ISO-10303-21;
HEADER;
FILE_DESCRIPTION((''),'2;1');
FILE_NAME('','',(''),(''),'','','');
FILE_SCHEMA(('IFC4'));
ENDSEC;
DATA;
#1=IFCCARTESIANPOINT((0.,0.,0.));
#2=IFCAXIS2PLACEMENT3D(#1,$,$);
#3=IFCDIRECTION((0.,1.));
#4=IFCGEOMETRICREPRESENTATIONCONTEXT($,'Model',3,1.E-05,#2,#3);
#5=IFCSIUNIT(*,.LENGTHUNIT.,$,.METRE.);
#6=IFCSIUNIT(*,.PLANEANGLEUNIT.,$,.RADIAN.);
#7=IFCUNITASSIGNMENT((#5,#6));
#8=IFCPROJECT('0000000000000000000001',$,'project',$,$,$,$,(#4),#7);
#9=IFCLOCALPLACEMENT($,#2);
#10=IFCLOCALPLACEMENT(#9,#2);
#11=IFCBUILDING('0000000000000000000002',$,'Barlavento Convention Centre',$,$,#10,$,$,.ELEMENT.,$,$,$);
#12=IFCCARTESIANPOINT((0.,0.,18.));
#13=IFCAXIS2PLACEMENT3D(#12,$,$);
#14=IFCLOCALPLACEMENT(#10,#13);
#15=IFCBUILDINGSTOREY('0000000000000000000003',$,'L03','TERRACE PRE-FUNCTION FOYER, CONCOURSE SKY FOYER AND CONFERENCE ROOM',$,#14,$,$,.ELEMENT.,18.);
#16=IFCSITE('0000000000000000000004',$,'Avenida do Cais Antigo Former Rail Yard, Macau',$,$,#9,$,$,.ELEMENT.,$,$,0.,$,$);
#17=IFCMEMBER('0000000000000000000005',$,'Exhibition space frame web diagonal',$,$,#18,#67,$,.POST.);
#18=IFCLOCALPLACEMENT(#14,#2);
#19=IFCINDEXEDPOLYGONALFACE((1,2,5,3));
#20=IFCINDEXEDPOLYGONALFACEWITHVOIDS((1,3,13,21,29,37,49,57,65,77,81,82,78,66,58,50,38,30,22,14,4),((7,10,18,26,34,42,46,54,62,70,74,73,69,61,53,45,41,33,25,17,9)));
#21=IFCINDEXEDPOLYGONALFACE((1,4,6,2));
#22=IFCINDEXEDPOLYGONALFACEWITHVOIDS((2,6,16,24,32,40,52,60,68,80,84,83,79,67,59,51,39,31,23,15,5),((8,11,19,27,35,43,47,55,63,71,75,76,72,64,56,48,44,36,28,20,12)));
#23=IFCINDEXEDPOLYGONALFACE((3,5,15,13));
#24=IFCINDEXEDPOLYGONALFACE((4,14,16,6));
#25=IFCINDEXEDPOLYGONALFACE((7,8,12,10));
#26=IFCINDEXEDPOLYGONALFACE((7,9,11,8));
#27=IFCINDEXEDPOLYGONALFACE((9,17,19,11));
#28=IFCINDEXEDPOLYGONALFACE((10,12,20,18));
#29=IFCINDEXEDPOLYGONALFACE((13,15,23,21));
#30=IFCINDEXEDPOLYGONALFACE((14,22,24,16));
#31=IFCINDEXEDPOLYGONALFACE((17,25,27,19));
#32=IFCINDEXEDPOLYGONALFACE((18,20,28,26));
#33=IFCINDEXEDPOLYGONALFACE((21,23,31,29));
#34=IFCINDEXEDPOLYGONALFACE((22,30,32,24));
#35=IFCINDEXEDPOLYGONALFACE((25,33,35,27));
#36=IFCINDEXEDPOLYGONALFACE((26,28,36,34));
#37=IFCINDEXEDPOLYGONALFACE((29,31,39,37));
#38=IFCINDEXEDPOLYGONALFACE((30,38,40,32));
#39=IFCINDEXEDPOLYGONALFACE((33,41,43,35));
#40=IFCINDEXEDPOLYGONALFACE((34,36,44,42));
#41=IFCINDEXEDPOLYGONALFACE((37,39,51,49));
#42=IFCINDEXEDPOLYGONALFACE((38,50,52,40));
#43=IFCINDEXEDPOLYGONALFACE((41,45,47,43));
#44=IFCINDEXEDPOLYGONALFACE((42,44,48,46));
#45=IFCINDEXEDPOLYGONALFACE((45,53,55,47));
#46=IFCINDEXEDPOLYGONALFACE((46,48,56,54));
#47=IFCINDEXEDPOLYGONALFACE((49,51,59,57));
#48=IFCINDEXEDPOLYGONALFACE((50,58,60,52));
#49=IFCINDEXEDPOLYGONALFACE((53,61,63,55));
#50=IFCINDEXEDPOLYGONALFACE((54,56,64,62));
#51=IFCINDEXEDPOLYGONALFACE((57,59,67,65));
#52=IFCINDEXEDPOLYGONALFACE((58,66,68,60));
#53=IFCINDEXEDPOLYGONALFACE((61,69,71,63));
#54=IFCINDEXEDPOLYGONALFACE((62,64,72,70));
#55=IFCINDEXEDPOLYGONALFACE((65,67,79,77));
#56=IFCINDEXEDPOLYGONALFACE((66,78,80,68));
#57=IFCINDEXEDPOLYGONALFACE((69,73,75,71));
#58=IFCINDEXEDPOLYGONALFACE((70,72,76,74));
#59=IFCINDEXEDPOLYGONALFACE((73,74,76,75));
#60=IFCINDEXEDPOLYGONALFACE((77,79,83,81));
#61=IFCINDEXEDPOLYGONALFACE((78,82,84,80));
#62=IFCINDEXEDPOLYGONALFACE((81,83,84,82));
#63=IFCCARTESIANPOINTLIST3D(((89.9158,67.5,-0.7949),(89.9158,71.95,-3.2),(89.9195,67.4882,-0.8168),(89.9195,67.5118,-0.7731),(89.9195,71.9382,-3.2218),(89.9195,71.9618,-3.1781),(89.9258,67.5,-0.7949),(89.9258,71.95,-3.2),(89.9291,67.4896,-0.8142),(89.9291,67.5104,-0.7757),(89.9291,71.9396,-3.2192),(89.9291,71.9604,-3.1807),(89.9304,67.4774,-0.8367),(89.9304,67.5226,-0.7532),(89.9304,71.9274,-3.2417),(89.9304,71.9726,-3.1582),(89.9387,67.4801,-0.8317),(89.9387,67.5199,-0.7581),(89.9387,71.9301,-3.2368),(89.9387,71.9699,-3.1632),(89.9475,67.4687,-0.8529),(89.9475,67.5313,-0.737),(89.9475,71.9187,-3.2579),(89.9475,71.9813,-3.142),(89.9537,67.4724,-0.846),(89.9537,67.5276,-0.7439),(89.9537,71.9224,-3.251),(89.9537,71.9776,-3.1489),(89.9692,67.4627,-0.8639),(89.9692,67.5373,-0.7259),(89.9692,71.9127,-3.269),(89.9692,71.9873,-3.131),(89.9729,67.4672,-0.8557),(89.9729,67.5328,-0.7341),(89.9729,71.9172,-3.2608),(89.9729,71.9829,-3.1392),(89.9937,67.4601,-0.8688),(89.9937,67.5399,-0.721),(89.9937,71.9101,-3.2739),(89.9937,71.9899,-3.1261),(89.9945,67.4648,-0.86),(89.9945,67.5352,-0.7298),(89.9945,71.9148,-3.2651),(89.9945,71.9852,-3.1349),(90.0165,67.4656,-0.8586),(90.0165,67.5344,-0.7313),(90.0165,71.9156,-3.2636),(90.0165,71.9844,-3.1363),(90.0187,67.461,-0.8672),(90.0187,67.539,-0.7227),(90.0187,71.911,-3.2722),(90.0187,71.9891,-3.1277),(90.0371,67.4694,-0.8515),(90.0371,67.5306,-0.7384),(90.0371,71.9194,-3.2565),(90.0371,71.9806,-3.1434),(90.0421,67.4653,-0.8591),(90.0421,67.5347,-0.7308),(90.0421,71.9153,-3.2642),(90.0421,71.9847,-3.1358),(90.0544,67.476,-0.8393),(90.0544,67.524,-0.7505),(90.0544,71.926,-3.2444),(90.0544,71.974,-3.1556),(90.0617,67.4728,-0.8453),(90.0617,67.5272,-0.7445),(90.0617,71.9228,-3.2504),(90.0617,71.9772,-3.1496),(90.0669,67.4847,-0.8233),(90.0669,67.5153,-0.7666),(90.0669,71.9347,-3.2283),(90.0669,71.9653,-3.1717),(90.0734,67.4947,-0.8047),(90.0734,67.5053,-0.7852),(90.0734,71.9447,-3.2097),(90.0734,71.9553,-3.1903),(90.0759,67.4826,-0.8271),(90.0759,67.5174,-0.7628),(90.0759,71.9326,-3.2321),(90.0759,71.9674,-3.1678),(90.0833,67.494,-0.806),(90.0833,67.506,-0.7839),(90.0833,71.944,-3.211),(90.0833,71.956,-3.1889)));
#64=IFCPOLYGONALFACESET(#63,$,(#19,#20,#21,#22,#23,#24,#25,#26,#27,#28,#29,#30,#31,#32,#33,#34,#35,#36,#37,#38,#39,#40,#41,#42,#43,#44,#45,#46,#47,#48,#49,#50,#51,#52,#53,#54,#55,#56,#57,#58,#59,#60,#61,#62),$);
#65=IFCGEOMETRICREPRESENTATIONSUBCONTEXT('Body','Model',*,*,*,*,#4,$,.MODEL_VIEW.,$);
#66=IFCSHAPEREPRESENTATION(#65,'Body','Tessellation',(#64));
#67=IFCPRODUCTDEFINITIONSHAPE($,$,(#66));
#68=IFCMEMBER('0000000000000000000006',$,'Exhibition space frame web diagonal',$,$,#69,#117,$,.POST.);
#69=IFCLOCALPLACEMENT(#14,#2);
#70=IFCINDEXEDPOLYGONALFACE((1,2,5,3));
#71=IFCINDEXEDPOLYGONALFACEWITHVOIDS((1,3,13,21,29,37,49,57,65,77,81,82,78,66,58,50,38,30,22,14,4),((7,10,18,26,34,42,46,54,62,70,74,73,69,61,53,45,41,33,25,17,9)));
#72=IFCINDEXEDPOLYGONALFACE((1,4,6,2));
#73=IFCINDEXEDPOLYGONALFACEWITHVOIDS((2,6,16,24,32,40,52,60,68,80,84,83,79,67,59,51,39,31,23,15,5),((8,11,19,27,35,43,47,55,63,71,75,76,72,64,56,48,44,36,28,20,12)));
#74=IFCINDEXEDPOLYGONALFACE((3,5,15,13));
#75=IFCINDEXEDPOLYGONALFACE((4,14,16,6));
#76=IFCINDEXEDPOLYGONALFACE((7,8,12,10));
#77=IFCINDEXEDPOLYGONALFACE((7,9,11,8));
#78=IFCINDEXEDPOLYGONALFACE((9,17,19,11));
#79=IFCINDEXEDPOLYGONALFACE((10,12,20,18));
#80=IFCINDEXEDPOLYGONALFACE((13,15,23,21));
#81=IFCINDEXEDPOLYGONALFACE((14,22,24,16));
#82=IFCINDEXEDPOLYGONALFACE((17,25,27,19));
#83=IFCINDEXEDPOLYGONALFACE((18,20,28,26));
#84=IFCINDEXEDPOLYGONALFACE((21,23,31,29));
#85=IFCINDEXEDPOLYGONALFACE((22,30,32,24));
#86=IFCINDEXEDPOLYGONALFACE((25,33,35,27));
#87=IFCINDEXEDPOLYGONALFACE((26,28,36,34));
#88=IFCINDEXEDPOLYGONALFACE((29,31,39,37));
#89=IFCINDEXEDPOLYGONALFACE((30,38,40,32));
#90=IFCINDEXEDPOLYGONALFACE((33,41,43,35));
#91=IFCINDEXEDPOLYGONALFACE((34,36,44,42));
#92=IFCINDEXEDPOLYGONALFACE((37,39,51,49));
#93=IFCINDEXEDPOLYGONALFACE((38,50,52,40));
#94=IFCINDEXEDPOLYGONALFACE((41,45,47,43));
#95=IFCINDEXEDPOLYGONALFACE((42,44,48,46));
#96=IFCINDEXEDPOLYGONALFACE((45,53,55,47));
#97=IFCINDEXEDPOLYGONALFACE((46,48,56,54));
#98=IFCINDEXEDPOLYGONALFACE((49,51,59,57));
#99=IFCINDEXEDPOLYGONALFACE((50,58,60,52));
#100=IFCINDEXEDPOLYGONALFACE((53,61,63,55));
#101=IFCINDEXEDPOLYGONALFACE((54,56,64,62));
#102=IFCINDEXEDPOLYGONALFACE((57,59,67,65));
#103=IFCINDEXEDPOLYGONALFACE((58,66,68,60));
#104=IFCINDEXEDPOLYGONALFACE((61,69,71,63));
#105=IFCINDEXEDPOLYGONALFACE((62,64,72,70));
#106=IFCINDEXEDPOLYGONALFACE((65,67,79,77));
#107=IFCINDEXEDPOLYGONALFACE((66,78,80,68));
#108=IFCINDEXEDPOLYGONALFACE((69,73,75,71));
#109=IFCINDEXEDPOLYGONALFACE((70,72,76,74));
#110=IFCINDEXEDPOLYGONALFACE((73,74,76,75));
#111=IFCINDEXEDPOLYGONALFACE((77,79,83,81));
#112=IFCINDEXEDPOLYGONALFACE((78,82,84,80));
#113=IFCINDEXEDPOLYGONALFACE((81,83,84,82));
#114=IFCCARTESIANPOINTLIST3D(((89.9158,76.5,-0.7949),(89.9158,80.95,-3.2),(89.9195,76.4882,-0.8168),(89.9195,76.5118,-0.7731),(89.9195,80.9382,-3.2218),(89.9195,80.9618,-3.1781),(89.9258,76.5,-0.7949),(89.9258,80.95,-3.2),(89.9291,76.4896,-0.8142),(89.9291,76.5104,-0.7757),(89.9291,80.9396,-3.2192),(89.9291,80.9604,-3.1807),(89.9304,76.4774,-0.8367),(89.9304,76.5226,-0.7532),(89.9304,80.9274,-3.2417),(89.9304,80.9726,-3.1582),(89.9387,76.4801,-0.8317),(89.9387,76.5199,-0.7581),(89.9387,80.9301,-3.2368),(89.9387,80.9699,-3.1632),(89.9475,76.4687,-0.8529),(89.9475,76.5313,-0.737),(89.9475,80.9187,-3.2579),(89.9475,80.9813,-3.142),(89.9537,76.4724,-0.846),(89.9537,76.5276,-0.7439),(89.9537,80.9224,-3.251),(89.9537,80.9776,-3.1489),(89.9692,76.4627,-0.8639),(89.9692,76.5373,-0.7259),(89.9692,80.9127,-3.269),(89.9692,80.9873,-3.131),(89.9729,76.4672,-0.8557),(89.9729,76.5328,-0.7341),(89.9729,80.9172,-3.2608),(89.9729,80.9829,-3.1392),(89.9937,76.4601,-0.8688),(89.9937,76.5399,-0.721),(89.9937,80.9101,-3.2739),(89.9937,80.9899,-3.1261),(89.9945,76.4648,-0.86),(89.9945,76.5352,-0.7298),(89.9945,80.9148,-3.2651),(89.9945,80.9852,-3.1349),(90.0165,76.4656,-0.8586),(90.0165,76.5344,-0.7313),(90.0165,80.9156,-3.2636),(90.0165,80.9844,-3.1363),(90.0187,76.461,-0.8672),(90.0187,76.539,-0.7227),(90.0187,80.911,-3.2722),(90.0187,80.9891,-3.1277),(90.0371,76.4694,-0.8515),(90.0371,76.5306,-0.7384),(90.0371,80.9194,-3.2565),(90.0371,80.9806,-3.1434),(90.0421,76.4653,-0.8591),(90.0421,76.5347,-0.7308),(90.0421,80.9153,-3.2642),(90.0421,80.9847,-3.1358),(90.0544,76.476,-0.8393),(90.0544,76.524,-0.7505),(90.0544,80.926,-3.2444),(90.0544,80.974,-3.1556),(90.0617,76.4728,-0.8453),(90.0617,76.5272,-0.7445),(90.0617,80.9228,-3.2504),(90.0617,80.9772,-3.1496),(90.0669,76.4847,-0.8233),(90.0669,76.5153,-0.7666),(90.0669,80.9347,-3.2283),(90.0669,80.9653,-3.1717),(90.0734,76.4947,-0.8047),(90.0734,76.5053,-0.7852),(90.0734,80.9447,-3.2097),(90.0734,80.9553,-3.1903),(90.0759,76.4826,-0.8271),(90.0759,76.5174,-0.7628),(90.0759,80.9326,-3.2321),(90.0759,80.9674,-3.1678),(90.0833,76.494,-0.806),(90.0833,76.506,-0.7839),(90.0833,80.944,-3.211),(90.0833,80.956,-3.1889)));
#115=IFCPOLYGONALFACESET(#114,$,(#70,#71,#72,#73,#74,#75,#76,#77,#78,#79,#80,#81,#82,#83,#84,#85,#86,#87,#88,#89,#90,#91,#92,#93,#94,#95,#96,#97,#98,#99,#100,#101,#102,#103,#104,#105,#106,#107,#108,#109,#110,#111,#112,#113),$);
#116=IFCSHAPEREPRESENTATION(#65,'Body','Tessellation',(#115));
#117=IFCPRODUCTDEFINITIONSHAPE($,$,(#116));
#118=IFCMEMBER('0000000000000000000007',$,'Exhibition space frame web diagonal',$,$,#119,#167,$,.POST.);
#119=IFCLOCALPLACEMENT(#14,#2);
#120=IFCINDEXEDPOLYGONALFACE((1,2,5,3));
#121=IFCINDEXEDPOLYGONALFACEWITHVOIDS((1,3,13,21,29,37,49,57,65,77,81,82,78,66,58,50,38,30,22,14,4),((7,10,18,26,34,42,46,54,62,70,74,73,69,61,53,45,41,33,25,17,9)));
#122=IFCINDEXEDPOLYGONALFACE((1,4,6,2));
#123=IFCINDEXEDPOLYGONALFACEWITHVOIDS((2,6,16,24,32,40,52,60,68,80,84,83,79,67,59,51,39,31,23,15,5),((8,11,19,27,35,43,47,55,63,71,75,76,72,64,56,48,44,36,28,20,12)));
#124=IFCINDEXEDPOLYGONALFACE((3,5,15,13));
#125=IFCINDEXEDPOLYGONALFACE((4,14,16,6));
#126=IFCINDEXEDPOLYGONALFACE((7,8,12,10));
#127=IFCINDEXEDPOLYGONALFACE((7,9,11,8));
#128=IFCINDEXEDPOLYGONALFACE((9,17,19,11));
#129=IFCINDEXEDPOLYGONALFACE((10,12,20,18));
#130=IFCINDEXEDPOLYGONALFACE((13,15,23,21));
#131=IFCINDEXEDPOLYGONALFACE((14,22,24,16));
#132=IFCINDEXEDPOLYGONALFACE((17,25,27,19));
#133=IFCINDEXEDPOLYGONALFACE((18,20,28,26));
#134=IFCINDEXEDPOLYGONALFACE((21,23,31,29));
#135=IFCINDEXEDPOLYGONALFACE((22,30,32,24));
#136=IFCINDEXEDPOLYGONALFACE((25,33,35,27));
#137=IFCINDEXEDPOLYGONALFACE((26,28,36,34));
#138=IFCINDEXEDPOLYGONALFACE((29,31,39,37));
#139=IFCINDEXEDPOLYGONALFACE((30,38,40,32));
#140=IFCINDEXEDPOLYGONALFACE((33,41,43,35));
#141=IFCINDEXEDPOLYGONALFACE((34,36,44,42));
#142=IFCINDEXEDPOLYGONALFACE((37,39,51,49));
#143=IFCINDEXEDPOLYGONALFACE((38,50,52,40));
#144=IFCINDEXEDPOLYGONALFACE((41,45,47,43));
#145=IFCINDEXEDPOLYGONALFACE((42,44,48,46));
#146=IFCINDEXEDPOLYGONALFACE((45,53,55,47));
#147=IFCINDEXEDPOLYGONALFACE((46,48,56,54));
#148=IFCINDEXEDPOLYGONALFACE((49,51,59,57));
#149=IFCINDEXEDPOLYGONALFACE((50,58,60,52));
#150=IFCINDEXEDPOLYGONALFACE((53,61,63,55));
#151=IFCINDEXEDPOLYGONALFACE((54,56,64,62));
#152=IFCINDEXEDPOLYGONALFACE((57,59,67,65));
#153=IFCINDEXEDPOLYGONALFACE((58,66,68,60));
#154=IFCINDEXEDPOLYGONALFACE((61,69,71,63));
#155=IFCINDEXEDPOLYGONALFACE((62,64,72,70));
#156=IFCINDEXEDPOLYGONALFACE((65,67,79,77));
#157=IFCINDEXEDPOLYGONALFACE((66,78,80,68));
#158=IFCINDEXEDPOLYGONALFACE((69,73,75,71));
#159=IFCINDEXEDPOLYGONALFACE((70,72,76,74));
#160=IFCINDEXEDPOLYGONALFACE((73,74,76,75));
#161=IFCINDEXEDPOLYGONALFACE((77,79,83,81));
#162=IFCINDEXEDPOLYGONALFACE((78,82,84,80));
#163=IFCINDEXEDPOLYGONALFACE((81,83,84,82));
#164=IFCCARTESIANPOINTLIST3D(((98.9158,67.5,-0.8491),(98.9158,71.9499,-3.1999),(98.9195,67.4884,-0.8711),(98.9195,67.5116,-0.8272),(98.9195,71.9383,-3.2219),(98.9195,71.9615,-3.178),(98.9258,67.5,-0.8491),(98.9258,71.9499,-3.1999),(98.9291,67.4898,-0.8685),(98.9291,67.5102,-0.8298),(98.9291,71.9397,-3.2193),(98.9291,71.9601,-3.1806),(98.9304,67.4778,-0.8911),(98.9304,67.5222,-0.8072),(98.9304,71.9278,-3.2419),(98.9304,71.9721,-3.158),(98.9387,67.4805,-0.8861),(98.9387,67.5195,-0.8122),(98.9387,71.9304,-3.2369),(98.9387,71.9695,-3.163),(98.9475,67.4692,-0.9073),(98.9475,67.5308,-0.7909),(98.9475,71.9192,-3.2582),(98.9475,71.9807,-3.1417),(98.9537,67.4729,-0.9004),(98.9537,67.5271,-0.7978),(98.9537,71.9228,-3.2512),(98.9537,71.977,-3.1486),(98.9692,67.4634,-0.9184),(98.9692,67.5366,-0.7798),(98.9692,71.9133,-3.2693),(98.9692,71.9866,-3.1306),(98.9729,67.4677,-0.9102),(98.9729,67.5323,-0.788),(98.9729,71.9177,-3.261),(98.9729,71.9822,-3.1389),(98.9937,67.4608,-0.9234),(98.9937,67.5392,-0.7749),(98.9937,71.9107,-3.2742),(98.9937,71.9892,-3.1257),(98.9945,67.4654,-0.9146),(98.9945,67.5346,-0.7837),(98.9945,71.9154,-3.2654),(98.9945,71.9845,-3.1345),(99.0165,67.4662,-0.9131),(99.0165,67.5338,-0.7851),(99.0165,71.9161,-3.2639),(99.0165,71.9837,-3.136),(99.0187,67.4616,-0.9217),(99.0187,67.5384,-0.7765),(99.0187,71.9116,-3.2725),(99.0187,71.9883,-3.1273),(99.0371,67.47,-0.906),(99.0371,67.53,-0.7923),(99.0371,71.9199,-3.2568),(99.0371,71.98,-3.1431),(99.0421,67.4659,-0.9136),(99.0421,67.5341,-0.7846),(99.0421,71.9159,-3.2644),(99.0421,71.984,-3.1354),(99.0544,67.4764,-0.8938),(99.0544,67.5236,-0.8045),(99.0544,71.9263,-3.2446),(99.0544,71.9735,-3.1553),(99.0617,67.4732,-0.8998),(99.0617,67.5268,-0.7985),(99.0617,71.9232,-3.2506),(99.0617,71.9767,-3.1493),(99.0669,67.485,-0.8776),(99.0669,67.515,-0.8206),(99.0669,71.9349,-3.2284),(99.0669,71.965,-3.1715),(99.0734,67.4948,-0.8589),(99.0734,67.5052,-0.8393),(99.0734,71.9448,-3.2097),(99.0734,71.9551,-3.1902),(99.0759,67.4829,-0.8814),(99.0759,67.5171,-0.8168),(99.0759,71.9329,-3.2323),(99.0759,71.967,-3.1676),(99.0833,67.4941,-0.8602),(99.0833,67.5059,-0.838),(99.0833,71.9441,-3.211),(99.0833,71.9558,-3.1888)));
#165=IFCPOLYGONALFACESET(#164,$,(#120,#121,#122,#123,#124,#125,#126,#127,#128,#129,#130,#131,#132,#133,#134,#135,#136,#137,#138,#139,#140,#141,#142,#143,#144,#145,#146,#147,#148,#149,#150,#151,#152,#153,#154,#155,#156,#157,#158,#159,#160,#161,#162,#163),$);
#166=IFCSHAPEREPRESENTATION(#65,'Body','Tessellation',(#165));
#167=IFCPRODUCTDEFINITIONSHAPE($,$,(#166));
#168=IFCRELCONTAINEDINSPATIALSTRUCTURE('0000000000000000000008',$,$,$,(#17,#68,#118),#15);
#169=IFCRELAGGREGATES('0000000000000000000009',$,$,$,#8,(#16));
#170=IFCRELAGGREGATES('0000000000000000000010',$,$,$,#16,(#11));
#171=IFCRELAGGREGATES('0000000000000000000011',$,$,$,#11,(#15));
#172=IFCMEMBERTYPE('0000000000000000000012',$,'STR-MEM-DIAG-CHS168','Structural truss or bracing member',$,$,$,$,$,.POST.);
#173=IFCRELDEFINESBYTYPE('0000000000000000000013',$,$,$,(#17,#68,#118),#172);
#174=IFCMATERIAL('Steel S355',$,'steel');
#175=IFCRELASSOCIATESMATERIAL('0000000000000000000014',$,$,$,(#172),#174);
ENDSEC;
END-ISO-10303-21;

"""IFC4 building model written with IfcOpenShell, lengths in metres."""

from ifc_helpers import new_model, si_unit, direction, frame, origin, origin_2d, place, context, subcontext, project, spatial, hollow_circle, extrude, material, material_profile, profile_set, type_object, element, save


model = new_model("IFC4")

# Units and contexts
model_context = context("Model", 3, precision=1e-05, world=origin(), true_north=direction((0.0, 1.0)))
body_context = subcontext(model_context, "Body", "Model", "MODEL_VIEW")
ifc_project = project(units=[si_unit("LENGTHUNIT", "METRE"), si_unit("PLANEANGLEUNIT", "RADIAN")], contexts=[model_context])

# Site, building, storey
site_placement = place(None, origin())
site = spatial("IfcSite", under=ifc_project, at=site_placement, Name="Avenida do Cais Antigo Former Rail Yard, Macau", CompositionType="ELEMENT", RefElevation=0.0)
building_placement = place(site_placement, origin())
building = spatial("IfcBuilding", under=site, at=building_placement, Name="Barlavento Convention Centre", CompositionType="ELEMENT")
storey_placement = place(building_placement, frame((0.0, 0.0, 18.0)))
storey = spatial("IfcBuildingStorey", under=building, at=storey_placement, Name="L03", Description="TERRACE PRE-FUNCTION FOYER, CONCOURSE SKY FOYER AND CONFERENCE ROOM", CompositionType="ELEMENT", Elevation=18.0)

# Shared definitions
ifc_material_1 = material(Name="Steel S355", Category="steel")

# Members
ifc_material_profile_1 = material_profile(ifc_material_1, hollow_circle(Radius=0.0842, WallThickness=0.01, at=origin_2d()), Name="CHS 168.3x10.0")
ifc_profile_set_1 = profile_set([ifc_material_profile_1], Name="Steel S355")
member_type_1 = type_object("IfcMemberType", Name="STR-MEM-DIAG-CHS168", Description="Structural truss or bracing member", PredefinedType="POST", material=ifc_profile_set_1)
for number, where, z_axis, x_axis, name in (
    (1, (90.0, 67.5, -0.7949), (0.0, 0.879735, -0.475464), (-1.0, 0.0, 0.0), "Exhibition space frame web diagonal"),
    (2, (90.0, 76.5, -0.7949), (0.0, 0.879735, -0.475464), (-1.0, 0.0, 0.0), "Exhibition space frame web diagonal"),
):
    element("IfcMember", number, at=place(storey_placement, frame(where, z_axis=z_axis, x_axis=x_axis)), inside=storey, type_object=member_type_1, Name=name, PredefinedType="POST", context=body_context, shape_type="SweptSolid", body=[
        extrude(hollow_circle(Radius=0.0842, WallThickness=0.01, at=origin_2d()), origin(), (0.0, 0.0, 1.0), 5.0583),
    ])
for number, where, z_axis, x_axis, name in (
    (3, (99.0, 67.5, -0.8491), (0.0, 0.884201, -0.467107), (-1.0, 0.0, 0.0), "Exhibition space frame web diagonal"),
):
    element("IfcMember", number, at=place(storey_placement, frame(where, z_axis=z_axis, x_axis=x_axis)), inside=storey, type_object=member_type_1, Name=name, PredefinedType="POST", context=body_context, shape_type="SweptSolid", body=[
        extrude(hollow_circle(Radius=0.0842, WallThickness=0.01, at=origin_2d()), origin(), (0.0, 0.0, 1.0), 5.0327),
    ])

save(model, "model.ifc")
